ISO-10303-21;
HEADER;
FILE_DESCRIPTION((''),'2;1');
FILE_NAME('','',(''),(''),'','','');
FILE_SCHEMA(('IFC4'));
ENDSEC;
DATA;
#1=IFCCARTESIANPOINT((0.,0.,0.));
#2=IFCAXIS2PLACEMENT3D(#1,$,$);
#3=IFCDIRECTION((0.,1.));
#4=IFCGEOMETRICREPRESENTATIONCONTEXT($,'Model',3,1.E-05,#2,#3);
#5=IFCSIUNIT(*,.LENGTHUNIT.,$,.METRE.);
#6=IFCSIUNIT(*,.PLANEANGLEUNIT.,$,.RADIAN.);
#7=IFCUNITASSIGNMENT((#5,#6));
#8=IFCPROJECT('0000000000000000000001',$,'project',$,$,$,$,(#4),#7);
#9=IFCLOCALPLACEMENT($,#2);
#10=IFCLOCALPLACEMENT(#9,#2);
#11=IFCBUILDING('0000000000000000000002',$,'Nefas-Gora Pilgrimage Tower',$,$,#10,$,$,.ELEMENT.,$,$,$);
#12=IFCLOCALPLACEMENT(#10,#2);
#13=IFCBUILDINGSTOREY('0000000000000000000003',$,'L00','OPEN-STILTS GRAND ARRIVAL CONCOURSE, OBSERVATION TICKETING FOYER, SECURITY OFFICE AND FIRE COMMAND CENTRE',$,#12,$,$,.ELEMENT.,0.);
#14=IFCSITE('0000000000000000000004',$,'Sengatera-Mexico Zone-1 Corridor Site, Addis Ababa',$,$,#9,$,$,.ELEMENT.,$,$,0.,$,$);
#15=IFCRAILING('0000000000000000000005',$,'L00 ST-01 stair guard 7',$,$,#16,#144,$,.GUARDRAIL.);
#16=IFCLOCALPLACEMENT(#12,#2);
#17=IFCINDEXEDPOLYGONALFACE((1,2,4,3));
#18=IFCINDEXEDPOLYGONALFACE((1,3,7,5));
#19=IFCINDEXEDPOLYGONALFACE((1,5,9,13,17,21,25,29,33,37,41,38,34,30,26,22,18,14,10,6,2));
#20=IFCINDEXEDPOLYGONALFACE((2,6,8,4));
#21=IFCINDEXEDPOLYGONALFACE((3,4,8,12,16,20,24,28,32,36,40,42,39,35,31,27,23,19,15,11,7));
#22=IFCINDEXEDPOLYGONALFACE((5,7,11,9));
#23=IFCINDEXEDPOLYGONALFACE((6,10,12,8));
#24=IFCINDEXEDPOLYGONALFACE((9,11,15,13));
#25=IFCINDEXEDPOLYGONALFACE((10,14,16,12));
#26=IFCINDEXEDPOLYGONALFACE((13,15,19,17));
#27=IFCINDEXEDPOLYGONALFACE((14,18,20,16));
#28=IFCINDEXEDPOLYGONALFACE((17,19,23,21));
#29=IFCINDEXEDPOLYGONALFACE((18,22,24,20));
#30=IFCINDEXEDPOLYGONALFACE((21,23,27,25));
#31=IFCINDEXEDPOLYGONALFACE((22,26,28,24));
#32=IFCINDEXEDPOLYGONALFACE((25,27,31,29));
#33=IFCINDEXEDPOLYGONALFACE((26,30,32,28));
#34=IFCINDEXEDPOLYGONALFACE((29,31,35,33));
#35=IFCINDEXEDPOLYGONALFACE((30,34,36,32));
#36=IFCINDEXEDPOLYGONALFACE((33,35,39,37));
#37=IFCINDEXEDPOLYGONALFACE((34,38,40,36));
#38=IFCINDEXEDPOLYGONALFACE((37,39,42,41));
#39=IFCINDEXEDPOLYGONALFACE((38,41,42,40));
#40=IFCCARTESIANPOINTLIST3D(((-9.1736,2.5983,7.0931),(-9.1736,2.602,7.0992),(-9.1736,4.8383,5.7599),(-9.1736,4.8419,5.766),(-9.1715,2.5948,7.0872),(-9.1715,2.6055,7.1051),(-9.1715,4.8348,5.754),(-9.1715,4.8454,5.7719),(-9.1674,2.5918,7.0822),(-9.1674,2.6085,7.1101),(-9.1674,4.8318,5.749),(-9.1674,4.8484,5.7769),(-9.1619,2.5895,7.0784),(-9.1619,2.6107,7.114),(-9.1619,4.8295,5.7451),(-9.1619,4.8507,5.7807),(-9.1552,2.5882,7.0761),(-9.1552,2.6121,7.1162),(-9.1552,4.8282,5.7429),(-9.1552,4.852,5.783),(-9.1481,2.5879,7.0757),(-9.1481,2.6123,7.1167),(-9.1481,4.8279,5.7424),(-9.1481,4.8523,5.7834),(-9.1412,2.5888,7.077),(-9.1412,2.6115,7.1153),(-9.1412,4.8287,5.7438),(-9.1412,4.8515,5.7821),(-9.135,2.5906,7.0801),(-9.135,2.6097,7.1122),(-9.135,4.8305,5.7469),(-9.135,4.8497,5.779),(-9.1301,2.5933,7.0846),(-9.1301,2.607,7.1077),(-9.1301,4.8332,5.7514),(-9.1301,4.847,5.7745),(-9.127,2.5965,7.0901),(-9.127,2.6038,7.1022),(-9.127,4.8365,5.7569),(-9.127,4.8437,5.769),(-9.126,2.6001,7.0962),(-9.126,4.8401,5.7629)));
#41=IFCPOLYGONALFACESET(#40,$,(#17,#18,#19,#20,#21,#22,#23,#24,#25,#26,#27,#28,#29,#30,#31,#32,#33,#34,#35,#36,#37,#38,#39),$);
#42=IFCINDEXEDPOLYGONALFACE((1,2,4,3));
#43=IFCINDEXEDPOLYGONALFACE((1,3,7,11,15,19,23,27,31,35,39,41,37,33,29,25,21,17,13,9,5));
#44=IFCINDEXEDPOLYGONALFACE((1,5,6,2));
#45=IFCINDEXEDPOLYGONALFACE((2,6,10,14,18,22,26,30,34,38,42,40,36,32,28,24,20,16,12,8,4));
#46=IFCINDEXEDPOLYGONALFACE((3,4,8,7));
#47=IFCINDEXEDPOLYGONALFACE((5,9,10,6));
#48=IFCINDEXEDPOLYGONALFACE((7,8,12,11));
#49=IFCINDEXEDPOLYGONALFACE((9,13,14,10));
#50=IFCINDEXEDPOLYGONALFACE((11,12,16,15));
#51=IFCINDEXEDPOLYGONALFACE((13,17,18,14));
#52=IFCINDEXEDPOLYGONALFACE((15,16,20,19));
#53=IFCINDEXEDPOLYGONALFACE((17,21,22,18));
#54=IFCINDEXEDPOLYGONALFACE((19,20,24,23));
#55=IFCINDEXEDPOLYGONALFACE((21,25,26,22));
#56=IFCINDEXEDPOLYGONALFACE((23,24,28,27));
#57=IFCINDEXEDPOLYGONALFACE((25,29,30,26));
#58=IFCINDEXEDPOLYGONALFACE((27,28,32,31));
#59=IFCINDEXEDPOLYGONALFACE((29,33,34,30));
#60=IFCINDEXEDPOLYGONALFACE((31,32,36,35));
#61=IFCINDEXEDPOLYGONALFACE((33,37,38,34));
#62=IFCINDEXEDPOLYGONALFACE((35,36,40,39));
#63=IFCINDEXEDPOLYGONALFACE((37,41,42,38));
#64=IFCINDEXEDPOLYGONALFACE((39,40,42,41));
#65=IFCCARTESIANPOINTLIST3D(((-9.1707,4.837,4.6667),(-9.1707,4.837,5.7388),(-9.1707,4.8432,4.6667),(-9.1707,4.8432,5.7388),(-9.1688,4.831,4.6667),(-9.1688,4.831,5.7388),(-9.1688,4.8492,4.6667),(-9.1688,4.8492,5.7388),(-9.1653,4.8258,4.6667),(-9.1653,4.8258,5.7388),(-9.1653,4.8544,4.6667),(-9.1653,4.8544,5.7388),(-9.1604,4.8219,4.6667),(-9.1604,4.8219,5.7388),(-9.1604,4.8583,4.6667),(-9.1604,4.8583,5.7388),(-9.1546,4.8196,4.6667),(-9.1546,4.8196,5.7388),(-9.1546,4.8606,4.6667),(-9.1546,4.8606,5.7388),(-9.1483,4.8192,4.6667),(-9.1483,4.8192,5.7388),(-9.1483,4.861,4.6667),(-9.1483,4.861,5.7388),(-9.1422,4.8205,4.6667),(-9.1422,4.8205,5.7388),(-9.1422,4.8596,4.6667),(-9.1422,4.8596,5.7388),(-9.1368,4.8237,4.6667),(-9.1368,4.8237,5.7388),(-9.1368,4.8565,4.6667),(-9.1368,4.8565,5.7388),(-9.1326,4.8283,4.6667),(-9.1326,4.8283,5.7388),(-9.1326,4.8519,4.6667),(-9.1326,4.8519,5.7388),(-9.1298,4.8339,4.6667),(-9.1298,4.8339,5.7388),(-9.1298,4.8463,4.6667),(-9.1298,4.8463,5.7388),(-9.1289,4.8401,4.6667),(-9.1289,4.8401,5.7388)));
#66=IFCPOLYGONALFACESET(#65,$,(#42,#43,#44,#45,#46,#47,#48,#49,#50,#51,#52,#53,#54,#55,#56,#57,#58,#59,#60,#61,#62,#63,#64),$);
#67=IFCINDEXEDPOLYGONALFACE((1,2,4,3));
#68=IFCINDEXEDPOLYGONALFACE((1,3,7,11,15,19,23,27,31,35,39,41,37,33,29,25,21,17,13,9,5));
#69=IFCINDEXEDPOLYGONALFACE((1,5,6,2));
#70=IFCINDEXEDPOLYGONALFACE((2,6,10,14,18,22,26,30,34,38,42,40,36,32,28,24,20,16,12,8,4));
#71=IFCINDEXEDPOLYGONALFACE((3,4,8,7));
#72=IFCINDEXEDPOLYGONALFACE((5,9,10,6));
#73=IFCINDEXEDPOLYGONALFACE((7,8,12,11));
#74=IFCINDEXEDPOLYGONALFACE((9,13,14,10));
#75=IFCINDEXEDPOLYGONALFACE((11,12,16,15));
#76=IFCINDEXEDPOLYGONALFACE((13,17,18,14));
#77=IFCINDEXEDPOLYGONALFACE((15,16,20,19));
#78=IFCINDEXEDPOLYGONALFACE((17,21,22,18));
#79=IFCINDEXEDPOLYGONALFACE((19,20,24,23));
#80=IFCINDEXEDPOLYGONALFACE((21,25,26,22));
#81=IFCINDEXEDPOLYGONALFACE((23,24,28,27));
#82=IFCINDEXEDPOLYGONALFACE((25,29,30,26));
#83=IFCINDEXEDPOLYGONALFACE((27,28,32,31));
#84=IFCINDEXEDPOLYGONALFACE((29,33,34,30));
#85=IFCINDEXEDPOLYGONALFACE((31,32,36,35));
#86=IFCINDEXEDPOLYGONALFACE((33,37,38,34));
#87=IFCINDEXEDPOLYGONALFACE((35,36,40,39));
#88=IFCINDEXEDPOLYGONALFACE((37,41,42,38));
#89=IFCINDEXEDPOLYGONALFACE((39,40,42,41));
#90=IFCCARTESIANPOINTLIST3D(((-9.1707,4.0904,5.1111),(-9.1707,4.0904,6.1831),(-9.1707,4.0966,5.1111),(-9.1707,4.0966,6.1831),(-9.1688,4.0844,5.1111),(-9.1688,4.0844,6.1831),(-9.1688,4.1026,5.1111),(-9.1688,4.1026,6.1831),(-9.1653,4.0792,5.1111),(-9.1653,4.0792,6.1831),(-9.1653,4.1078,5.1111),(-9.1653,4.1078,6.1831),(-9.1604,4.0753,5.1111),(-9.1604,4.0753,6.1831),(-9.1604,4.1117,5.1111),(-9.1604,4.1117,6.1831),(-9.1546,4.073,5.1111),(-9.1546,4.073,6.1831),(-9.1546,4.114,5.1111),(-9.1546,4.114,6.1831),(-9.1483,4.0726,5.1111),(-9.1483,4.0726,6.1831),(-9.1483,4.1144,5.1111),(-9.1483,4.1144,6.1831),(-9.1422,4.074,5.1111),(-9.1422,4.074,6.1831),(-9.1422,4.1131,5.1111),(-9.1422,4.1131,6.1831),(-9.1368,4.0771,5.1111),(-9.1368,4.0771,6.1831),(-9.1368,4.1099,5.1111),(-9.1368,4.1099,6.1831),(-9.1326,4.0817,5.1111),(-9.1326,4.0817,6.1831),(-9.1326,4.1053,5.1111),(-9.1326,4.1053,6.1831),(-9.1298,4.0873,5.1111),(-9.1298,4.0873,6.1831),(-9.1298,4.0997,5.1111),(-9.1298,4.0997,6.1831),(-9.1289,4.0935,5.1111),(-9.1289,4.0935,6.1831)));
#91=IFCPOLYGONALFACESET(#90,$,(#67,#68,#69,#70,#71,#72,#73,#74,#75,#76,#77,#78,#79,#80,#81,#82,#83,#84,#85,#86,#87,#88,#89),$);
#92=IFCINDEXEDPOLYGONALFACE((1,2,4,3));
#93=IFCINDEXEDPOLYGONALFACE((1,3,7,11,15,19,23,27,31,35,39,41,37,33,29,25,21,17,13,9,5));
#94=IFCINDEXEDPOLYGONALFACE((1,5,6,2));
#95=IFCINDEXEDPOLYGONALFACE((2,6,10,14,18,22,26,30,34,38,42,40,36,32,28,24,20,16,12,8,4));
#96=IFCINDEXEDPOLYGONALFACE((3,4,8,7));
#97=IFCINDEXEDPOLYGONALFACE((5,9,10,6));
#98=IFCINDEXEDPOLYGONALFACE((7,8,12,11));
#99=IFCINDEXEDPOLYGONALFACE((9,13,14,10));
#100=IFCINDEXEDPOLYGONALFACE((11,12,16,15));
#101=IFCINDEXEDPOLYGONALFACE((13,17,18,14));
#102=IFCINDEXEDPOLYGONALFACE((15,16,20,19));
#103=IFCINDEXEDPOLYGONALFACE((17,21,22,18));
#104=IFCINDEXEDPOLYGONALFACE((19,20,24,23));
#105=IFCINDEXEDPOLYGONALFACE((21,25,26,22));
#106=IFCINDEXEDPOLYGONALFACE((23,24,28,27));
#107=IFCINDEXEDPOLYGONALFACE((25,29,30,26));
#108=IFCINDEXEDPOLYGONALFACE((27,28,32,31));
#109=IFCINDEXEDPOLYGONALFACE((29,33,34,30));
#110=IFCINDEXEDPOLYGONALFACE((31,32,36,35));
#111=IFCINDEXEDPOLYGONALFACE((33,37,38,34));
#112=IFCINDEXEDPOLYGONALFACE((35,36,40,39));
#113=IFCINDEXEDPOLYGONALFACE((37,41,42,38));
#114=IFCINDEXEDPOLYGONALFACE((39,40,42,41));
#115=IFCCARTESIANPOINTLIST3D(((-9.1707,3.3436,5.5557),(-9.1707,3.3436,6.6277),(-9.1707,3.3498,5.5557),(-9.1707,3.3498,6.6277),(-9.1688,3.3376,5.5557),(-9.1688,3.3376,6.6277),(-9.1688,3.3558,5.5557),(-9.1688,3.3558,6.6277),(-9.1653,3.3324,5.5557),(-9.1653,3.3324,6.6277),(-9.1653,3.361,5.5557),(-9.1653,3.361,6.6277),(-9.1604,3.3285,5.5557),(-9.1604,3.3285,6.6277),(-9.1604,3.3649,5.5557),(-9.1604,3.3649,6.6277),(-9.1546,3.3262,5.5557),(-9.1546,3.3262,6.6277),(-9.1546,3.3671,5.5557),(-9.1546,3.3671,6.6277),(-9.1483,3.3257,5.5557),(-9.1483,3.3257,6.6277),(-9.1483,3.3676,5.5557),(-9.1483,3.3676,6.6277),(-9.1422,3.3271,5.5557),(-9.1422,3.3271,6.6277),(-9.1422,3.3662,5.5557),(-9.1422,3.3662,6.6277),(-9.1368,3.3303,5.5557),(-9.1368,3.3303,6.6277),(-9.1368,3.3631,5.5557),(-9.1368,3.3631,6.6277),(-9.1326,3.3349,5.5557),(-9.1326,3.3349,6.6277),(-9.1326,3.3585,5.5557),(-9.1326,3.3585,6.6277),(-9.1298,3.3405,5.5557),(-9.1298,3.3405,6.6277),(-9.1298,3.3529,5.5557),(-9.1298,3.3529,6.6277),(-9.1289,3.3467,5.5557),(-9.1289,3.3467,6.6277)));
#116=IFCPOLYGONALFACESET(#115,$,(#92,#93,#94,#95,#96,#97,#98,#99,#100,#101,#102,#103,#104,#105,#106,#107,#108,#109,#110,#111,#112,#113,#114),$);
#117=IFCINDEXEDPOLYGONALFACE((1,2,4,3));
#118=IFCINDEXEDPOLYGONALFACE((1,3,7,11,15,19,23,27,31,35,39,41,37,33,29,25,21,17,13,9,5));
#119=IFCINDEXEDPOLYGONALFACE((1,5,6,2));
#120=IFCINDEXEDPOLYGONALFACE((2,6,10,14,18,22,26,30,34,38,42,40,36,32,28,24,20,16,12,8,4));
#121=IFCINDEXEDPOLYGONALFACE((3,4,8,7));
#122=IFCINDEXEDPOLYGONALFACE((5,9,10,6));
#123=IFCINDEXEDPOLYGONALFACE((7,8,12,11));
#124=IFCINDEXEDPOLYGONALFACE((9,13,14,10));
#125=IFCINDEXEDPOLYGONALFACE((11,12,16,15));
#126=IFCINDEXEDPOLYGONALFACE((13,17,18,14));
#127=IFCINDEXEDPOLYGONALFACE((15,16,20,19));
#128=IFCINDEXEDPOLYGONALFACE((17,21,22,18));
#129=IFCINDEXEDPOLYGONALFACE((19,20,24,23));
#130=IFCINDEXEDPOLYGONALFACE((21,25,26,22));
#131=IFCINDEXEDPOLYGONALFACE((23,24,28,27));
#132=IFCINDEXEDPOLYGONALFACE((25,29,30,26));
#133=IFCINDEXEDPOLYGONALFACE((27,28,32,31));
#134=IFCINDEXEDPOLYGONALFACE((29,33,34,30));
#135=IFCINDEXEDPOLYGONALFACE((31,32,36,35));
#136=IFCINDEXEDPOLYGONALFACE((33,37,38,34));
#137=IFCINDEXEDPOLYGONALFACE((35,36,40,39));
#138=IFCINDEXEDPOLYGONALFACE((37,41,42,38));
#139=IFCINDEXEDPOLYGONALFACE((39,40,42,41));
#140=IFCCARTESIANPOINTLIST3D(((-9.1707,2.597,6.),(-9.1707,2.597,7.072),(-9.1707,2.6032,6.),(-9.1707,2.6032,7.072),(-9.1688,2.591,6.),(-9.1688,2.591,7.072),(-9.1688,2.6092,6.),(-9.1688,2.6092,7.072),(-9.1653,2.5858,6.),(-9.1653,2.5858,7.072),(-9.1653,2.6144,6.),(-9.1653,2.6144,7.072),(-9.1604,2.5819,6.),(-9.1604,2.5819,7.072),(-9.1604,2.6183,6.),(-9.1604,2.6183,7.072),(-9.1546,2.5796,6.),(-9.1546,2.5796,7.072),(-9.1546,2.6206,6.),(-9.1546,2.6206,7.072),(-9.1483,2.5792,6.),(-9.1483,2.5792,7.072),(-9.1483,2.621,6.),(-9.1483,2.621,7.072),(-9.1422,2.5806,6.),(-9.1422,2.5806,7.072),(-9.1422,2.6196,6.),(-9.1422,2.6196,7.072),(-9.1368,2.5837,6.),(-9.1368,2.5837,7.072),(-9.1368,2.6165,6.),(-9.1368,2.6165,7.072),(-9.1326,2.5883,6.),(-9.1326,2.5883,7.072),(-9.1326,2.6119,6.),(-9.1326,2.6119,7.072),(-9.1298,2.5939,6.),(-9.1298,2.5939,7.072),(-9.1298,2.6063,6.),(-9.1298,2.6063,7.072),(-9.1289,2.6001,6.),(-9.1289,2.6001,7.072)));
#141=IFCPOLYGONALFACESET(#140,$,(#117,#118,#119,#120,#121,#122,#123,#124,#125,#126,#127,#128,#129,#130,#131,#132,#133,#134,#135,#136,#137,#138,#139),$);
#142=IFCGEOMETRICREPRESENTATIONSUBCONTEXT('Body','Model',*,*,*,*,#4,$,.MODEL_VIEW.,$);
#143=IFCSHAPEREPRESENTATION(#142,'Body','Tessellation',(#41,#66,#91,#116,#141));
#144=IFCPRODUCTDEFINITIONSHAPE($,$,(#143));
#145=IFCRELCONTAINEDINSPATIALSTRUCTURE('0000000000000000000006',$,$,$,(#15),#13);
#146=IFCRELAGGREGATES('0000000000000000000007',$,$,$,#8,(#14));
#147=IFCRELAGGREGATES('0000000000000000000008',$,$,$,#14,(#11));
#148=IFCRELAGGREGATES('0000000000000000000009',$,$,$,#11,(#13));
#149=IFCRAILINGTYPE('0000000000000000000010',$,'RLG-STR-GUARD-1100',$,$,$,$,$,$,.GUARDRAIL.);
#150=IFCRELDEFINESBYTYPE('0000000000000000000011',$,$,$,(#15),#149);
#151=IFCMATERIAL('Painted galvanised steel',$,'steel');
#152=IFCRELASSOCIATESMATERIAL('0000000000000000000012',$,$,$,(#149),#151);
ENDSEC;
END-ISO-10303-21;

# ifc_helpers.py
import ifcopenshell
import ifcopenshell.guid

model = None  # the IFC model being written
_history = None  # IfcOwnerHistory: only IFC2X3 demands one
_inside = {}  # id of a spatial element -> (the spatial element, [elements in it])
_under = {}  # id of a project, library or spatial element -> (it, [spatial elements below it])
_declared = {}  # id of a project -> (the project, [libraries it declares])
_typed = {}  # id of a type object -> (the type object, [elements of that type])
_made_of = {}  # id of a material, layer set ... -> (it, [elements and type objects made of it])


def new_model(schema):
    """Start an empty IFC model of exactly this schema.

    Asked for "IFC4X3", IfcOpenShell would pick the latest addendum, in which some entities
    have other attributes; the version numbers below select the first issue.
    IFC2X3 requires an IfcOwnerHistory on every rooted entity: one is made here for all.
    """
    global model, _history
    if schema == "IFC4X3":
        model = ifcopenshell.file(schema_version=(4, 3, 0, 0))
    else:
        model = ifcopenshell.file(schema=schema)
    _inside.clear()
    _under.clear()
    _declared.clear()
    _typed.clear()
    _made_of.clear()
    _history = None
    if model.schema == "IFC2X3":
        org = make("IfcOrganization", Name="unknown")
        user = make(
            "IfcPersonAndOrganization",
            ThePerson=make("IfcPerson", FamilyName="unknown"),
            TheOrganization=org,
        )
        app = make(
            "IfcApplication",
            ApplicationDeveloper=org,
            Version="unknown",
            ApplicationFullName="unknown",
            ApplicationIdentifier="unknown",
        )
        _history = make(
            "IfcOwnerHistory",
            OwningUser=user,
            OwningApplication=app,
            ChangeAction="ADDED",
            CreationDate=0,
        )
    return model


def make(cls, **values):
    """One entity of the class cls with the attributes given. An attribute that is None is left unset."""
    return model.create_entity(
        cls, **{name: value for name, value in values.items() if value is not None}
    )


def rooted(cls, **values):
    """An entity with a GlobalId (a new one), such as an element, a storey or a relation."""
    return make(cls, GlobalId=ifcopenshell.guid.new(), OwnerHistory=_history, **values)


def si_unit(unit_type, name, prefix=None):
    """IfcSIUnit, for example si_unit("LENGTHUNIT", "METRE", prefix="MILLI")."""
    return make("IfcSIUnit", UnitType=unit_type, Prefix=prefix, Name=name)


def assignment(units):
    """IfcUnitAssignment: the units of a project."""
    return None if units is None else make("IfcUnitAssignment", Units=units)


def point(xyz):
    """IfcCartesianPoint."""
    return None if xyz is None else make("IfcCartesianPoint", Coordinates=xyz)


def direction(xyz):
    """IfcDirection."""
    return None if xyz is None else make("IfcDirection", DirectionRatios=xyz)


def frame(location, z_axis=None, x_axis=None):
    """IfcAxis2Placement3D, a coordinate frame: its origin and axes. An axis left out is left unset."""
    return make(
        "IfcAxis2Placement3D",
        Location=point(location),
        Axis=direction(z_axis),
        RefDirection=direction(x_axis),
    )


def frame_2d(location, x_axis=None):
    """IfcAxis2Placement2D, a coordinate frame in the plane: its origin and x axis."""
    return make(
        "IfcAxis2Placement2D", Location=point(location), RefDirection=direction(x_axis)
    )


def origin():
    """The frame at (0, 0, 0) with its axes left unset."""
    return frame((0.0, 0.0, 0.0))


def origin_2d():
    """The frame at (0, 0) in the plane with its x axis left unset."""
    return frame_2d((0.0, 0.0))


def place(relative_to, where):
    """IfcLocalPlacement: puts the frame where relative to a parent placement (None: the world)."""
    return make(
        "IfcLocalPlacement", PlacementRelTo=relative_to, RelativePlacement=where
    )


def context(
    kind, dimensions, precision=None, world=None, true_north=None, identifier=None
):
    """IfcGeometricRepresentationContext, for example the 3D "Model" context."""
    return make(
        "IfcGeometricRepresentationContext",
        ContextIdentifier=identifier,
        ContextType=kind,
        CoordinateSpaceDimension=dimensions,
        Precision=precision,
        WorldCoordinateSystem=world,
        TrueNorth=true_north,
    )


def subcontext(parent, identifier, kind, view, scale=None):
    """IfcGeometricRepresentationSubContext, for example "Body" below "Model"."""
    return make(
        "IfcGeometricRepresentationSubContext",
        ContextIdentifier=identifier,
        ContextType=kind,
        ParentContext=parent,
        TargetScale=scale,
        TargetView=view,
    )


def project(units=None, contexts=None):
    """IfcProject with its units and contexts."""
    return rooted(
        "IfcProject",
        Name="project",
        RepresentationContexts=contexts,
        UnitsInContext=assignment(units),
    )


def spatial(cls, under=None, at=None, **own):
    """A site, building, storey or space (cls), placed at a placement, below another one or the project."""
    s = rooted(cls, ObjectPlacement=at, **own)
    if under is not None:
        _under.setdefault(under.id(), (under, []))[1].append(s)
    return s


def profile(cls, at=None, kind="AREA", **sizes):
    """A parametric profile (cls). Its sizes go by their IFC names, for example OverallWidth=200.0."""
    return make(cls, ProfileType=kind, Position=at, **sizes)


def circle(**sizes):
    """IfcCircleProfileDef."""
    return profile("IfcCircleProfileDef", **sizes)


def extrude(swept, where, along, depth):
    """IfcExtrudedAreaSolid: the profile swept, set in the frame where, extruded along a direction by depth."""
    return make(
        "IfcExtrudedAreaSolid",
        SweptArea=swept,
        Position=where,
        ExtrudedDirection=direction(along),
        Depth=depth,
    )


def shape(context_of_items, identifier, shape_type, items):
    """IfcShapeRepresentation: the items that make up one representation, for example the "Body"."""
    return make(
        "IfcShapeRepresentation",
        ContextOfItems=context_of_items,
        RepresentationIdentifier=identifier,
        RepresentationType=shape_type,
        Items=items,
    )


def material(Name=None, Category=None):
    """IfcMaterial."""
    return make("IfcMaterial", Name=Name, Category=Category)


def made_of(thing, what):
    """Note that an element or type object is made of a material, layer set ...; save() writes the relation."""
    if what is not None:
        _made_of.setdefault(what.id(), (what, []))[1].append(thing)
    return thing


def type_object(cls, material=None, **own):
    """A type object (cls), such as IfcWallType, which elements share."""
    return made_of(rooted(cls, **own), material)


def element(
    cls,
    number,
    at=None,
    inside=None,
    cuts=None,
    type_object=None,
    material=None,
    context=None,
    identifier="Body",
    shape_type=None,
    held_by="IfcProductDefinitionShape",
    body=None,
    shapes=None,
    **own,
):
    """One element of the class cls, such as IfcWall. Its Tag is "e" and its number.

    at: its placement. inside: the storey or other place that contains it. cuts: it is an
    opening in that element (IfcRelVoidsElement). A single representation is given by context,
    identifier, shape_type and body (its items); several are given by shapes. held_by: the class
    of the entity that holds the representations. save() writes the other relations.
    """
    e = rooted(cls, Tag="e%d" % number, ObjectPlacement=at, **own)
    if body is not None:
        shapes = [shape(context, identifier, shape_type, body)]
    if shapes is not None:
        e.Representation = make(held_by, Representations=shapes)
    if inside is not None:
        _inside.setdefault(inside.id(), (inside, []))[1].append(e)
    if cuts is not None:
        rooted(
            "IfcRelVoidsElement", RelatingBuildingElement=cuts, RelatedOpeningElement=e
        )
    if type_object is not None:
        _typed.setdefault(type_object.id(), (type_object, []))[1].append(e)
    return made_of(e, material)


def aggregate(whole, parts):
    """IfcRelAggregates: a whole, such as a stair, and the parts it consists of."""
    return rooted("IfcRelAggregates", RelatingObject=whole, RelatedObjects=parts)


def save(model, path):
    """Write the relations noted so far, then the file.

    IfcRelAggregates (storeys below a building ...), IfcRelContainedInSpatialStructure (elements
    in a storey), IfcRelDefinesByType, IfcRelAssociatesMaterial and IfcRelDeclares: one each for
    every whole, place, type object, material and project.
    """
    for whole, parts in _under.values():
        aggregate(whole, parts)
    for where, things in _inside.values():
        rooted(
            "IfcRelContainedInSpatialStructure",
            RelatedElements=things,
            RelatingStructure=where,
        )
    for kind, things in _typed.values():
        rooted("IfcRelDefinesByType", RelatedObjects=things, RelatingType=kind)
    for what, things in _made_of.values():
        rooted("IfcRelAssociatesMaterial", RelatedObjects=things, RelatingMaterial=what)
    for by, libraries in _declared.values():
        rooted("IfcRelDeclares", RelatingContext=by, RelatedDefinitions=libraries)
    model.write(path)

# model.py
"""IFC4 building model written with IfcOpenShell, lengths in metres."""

from ifc_helpers import new_model, si_unit, direction, frame, origin, origin_2d, place, context, subcontext, project, spatial, circle, extrude, material, type_object, element, save


model = new_model("IFC4")

# Units and contexts
model_context = context("Model", 3, precision=1e-05, world=origin(), true_north=direction((0.0, 1.0)))
body_context = subcontext(model_context, "Body", "Model", "MODEL_VIEW")
ifc_project = project(units=[si_unit("LENGTHUNIT", "METRE"), si_unit("PLANEANGLEUNIT", "RADIAN")], contexts=[model_context])

# Site, building, storey
site_placement = place(None, origin())
site = spatial("IfcSite", under=ifc_project, at=site_placement, Name="Sengatera-Mexico Zone-1 Corridor Site, Addis Ababa", CompositionType="ELEMENT", RefElevation=0.0)
building_placement = place(site_placement, origin())
building = spatial("IfcBuilding", under=site, at=building_placement, Name="Nefas-Gora Pilgrimage Tower", CompositionType="ELEMENT")
storey_placement = place(building_placement, origin())
storey = spatial("IfcBuildingStorey", under=building, at=storey_placement, Name="L00", Description="OPEN-STILTS GRAND ARRIVAL CONCOURSE, OBSERVATION TICKETING FOYER, SECURITY OFFICE AND FIRE COMMAND CENTRE", CompositionType="ELEMENT", Elevation=0.0)

# Railing
ifc_material_1 = material(Name="Painted galvanised steel", Category="steel")
railing_type_1 = type_object("IfcRailingType", Name="RLG-STR-GUARD-1100", PredefinedType="GUARDRAIL", material=ifc_material_1)
railing_1_placement = place(storey_placement, frame((-9.1499, 4.8401, 4.6667)))
element("IfcRailing", 1, at=railing_1_placement, inside=storey, type_object=railing_type_1, Name="L00 ST-01 stair guard 7", PredefinedType="GUARDRAIL", context=body_context, shape_type="SweptSolid", body=[
    extrude(circle(Radius=0.0239, at=origin_2d()), frame((0.0, 0.0, 1.0962), z_axis=(0.0, -0.859306, 0.511462), x_axis=(1.0, 0.0, 0.0)), (0.0, 0.0, 1.0), 2.6067),
    extrude(circle(Radius=0.021, at=origin_2d()), origin(), (0.0, 0.0, 1.0), 1.072),
    extrude(circle(Radius=0.021, at=origin_2d()), frame((0.0, -0.7466, 0.4443)), (0.0, 0.0, 1.0), 1.072),
    extrude(circle(Radius=0.021, at=origin_2d()), frame((0.0, -1.4934, 0.8889)), (0.0, 0.0, 1.0), 1.072),
    extrude(circle(Radius=0.021, at=origin_2d()), frame((0.0, -2.24, 1.3333)), (0.0, 0.0, 1.0), 1.072),
])

save(model, "model.ifc")
